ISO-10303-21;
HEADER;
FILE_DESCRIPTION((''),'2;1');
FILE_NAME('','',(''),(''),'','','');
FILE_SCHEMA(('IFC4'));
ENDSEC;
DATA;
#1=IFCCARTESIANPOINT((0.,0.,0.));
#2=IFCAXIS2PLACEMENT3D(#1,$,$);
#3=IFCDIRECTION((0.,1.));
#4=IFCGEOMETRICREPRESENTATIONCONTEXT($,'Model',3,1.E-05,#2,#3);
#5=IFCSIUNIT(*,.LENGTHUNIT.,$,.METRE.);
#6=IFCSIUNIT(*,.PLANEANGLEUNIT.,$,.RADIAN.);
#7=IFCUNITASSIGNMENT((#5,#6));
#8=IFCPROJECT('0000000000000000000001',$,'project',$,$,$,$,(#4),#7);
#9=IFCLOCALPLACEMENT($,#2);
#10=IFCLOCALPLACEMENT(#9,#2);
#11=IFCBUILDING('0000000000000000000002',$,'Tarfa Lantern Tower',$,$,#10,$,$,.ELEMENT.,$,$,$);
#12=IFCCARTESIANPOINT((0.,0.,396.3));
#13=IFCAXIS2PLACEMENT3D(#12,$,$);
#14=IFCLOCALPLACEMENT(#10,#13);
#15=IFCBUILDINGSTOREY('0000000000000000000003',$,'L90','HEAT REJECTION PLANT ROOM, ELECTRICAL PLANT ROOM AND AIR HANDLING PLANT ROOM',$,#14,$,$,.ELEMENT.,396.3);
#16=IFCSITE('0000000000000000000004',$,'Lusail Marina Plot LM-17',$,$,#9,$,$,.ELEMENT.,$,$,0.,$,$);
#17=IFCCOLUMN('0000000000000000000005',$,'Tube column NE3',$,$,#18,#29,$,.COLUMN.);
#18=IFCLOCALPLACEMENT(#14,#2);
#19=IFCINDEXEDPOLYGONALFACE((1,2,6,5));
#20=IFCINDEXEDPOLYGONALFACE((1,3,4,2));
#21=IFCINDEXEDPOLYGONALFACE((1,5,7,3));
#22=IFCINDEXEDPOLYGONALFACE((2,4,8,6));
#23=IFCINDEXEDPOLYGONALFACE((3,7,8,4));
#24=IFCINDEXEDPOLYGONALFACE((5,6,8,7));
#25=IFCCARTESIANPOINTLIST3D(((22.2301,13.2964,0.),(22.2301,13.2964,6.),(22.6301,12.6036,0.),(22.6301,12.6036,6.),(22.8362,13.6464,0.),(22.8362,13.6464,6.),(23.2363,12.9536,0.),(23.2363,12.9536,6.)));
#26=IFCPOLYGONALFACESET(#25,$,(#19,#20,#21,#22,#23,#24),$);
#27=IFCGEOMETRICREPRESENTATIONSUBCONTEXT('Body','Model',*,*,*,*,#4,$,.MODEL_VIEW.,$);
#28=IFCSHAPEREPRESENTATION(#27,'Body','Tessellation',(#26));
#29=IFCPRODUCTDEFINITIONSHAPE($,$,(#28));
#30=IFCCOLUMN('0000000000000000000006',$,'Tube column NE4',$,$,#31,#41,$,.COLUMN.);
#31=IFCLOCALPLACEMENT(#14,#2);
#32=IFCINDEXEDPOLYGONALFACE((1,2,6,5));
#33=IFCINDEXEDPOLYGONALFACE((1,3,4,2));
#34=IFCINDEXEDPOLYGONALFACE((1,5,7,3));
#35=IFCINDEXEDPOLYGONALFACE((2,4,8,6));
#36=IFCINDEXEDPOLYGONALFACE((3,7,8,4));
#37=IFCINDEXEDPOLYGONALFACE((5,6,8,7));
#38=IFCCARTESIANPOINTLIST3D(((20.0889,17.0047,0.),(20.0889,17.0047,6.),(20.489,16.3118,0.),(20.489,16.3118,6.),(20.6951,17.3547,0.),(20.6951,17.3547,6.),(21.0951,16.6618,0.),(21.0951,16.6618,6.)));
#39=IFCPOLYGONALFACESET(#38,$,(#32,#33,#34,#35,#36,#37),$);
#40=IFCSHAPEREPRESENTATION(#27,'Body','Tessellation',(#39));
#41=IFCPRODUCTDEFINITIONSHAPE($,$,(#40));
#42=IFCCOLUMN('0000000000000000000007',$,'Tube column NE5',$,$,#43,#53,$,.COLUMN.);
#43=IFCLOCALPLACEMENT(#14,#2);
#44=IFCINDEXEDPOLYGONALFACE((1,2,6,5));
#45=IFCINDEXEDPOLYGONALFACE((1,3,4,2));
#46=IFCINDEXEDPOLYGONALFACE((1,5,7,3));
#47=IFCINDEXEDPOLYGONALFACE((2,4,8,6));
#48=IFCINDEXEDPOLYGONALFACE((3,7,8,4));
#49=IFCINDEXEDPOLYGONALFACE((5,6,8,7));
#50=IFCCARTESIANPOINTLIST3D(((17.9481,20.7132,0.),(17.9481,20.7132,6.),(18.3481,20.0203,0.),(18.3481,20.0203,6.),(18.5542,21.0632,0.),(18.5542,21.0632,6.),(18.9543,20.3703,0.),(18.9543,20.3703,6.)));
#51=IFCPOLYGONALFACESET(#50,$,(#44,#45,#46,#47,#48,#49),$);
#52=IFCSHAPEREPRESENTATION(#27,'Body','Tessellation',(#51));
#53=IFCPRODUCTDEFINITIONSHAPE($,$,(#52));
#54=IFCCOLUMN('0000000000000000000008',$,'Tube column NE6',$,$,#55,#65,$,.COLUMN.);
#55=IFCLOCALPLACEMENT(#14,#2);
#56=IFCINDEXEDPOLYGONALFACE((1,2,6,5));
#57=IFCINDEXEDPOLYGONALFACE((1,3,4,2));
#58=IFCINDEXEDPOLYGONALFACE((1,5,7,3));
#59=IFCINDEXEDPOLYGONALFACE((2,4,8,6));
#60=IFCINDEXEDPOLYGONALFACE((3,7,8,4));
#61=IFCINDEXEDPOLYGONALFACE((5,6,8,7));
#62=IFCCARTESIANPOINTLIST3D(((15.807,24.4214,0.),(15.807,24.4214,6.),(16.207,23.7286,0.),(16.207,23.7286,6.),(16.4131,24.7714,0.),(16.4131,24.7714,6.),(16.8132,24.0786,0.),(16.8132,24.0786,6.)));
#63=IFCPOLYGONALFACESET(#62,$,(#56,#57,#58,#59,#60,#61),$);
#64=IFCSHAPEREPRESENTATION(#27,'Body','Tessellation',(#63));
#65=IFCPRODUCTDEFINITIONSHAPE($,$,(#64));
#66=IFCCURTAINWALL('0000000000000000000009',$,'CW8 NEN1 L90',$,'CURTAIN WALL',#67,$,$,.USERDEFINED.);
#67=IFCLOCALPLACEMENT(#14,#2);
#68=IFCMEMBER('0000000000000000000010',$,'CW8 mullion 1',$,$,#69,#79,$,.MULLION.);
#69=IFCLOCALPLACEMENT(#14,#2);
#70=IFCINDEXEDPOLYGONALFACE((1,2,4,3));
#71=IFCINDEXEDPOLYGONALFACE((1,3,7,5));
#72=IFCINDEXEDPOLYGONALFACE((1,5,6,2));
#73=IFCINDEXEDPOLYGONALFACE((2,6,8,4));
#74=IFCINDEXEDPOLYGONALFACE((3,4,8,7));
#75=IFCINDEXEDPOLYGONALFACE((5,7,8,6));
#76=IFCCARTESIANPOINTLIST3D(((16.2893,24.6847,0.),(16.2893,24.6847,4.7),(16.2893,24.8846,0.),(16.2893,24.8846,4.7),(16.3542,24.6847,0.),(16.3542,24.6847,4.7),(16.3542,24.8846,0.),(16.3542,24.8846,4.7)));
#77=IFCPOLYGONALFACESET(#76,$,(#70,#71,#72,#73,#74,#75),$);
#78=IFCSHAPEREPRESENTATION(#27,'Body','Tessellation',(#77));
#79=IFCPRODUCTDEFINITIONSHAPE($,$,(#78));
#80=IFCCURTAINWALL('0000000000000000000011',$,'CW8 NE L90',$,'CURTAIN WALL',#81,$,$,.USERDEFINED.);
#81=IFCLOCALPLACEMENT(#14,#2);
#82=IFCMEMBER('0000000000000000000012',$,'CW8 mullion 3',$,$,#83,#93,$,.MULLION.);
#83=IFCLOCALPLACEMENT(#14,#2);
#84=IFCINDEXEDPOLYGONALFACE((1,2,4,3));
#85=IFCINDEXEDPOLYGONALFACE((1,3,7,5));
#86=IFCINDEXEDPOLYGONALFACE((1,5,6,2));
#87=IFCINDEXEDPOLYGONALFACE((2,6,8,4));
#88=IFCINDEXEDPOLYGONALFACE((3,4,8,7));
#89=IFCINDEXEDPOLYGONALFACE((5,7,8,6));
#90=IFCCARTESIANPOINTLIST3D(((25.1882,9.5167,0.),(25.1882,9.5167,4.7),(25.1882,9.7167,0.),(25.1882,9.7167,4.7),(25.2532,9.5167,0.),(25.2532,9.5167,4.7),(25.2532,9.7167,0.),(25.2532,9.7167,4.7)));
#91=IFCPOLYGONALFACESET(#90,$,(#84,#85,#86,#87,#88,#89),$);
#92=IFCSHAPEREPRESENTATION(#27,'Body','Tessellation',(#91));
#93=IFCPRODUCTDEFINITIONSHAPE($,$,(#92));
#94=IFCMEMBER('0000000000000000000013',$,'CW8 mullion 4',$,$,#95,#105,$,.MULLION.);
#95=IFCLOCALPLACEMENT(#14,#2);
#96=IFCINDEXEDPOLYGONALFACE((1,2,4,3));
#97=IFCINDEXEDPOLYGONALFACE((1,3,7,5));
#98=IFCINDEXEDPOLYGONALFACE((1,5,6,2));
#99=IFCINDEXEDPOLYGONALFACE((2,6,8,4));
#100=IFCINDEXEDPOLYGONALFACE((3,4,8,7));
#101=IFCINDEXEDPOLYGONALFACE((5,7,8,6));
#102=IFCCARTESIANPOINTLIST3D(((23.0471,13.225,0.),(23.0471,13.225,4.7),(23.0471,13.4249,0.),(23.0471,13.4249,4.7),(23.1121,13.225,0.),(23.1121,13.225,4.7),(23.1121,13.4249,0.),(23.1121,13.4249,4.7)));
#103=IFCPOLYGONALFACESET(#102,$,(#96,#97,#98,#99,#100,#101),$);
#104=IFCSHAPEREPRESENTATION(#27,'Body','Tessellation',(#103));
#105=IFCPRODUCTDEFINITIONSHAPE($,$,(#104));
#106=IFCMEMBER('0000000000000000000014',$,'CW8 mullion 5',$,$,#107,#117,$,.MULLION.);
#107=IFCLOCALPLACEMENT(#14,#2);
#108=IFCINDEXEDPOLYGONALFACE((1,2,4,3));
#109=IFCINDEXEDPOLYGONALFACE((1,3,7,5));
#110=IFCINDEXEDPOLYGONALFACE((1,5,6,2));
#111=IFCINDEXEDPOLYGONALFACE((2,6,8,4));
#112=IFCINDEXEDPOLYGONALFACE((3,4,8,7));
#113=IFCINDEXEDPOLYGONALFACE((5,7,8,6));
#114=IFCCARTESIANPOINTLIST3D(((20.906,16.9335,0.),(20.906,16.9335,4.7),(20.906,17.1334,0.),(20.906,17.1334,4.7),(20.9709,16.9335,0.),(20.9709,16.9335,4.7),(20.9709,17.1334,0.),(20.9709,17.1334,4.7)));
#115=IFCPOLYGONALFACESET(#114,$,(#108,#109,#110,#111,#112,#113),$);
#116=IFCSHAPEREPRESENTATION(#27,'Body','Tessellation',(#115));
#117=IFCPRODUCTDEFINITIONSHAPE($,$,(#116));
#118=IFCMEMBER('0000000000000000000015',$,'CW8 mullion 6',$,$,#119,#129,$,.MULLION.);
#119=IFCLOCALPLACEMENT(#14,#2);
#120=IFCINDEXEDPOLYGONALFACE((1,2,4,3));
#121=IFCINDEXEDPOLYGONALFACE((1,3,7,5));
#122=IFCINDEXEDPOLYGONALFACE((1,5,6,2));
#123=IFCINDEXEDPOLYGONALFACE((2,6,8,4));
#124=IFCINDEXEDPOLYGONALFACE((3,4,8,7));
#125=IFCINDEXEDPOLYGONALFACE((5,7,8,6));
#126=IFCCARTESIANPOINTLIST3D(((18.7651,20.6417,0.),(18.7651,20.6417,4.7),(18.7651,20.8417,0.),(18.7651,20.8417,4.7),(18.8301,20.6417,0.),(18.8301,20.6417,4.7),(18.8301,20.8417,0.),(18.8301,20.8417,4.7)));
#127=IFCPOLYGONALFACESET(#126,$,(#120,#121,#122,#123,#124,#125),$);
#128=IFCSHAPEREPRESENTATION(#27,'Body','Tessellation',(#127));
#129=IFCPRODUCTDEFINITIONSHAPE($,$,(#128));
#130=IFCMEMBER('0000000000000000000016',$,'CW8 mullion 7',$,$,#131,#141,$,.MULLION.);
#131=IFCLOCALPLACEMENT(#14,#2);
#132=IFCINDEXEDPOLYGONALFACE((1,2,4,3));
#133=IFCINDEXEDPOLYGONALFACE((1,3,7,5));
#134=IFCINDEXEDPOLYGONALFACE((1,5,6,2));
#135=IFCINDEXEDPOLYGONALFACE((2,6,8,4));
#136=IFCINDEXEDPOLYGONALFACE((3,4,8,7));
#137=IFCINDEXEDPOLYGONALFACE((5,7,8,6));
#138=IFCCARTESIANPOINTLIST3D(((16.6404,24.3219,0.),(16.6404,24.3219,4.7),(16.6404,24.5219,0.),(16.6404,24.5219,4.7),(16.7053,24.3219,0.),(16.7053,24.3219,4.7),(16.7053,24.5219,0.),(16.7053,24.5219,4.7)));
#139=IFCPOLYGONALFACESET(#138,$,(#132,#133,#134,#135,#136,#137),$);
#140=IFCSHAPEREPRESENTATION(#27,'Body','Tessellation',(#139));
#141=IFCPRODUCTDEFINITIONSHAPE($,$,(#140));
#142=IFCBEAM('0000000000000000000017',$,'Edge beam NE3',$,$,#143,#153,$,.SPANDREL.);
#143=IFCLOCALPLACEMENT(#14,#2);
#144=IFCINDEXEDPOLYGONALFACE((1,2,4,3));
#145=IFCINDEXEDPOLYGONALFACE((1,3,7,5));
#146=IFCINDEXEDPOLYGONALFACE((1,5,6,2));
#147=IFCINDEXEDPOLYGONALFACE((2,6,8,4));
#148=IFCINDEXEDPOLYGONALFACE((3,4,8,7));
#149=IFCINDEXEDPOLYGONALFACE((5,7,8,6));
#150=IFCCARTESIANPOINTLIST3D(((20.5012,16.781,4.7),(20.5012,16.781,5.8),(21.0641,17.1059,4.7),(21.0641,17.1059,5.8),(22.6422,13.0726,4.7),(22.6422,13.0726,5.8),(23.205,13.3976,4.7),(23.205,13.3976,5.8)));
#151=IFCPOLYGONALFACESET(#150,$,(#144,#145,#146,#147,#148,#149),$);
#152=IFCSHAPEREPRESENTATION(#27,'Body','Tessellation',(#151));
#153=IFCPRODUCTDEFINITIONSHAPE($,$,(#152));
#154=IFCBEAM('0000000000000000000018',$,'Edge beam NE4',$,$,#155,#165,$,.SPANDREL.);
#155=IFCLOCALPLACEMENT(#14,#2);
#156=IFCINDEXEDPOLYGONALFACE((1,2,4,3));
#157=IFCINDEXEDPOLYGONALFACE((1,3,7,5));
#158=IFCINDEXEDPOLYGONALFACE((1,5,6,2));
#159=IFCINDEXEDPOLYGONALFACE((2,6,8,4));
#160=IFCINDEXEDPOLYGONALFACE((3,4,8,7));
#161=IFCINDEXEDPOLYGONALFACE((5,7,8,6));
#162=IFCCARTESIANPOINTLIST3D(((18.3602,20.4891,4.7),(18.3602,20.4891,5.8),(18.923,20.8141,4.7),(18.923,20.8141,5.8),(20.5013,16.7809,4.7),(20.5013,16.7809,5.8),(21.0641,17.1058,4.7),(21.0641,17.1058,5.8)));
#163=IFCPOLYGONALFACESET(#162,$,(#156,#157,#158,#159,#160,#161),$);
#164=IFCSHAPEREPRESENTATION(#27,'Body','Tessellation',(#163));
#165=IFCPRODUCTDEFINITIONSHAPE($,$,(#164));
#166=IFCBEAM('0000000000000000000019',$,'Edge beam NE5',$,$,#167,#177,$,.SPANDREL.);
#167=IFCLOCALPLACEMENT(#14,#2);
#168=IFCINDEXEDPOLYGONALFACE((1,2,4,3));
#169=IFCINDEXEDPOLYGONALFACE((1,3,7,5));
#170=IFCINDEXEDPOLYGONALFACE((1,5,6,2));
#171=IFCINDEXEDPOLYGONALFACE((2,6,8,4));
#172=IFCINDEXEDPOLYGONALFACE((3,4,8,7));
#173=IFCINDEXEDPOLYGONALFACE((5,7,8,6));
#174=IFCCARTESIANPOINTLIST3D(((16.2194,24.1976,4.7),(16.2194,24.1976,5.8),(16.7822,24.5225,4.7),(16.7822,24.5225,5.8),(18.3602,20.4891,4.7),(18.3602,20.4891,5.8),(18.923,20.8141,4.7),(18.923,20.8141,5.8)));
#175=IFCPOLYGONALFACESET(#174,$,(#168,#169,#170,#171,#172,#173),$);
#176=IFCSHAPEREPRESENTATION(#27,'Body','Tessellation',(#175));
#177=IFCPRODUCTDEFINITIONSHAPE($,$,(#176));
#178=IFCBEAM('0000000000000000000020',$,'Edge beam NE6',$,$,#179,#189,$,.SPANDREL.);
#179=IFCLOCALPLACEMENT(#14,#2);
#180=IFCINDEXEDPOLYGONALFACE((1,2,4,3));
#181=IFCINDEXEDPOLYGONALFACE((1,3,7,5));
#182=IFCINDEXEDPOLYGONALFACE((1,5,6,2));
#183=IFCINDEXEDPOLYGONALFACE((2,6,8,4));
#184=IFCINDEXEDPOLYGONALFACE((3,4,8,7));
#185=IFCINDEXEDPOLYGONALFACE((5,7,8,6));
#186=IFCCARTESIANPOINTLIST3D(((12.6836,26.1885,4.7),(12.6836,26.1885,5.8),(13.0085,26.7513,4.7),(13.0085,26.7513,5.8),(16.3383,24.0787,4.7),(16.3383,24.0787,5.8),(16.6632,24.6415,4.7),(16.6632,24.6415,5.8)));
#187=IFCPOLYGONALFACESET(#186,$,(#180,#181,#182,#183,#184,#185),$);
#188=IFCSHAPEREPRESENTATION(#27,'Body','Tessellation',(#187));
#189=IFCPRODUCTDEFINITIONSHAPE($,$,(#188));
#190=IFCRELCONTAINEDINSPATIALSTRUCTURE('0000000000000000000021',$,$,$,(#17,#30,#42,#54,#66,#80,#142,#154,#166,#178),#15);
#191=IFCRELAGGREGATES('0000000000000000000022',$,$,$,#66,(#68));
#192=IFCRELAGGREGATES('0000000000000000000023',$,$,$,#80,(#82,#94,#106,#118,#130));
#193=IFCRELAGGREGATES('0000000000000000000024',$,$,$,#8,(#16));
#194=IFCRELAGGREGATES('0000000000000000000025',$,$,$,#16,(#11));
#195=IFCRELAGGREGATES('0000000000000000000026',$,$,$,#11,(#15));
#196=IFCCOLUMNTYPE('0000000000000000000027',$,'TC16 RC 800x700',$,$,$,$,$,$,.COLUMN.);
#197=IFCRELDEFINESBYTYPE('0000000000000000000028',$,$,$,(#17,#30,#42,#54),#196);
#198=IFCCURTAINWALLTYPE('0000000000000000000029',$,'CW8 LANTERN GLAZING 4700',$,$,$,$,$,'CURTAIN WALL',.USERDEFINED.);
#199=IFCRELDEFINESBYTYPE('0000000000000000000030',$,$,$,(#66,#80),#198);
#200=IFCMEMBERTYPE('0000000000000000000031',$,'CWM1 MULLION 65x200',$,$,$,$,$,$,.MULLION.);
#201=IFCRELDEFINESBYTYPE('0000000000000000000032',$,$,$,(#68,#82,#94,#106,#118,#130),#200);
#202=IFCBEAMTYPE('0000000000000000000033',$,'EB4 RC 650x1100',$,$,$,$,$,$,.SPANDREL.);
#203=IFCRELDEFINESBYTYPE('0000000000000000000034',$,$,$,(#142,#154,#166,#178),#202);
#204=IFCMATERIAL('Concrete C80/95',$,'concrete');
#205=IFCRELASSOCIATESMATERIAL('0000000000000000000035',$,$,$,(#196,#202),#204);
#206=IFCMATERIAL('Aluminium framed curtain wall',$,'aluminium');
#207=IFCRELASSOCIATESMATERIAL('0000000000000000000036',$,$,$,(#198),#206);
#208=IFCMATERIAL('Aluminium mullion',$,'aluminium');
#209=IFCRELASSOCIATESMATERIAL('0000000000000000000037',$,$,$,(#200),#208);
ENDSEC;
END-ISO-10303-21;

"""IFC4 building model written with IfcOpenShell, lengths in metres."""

from ifc_helpers import new_model, si_unit, direction, frame, origin, origin_2d, place, context, subcontext, project, spatial, rectangle, extrude, material, material_profile, profile_set, type_object, element, aggregate, save


model = new_model("IFC4")

# Units and contexts
model_context = context("Model", 3, precision=1e-05, world=origin(), true_north=direction((0.0, 1.0)))
body_context = subcontext(model_context, "Body", "Model", "MODEL_VIEW")
ifc_project = project(units=[si_unit("LENGTHUNIT", "METRE"), si_unit("PLANEANGLEUNIT", "RADIAN")], contexts=[model_context])

# Site, building, storey
site_placement = place(None, origin())
site = spatial("IfcSite", under=ifc_project, at=site_placement, Name="Lusail Marina Plot LM-17", CompositionType="ELEMENT", RefElevation=0.0)
building_placement = place(site_placement, origin())
building = spatial("IfcBuilding", under=site, at=building_placement, Name="Tarfa Lantern Tower", CompositionType="ELEMENT")
storey_placement = place(building_placement, frame((0.0, 0.0, 396.3)))
storey = spatial("IfcBuildingStorey", under=building, at=storey_placement, Name="L90", Description="HEAT REJECTION PLANT ROOM, ELECTRICAL PLANT ROOM AND AIR HANDLING PLANT ROOM", CompositionType="ELEMENT", Elevation=396.3)

# Columns
ifc_material_1 = material(Name="Concrete C80/95", Category="concrete")
ifc_material_profile_1 = material_profile(ifc_material_1, rectangle(XDim=0.8, YDim=0.7, at=origin_2d()), Name="RC 800x700")
ifc_profile_set_1 = profile_set([ifc_material_profile_1], Name="Concrete C80/95")
column_type = type_object("IfcColumnType", Name="TC16 RC 800x700", PredefinedType="COLUMN", material=ifc_profile_set_1)
for number, where, z_axis, x_axis, name in (
    (1, (22.7332, 13.125, 0.0), (0.0, 0.0, 1.0), (-0.5, 0.866025, 0.0), "Tube column NE3"),
    (2, (20.592, 16.8333, 0.0), (0.0, 0.0, 1.0), (-0.5, 0.866025, 0.0), "Tube column NE4"),
    (3, (18.4512, 20.5417, 0.0), (0.0, 0.0, 1.0), (-0.5, 0.866025, 0.0), "Tube column NE5"),
    (4, (16.3101, 24.25, 0.0), (0.0, 0.0, 1.0), (-0.5, 0.866025, 0.0), "Tube column NE6"),
):
    element("IfcColumn", number, at=place(storey_placement, frame(where, z_axis=z_axis, x_axis=x_axis)), inside=storey, type_object=column_type, Name=name, PredefinedType="COLUMN", context=body_context, shape_type="SweptSolid", body=[
        extrude(rectangle(XDim=0.8, YDim=0.7, at=origin_2d()), origin(), (0.0, 0.0, 1.0), 6.0),
    ])

# Curtain wall, member
ifc_material_2 = material(Name="Aluminium framed curtain wall", Category="aluminium")
curtain_wall_type = type_object("IfcCurtainWallType", Name="CW8 LANTERN GLAZING 4700", ElementType="CURTAIN WALL", PredefinedType="USERDEFINED", material=ifc_material_2)
curtain_wall_1_placement = place(storey_placement, origin())
curtain_wall_1 = element("IfcCurtainWall", 5, at=curtain_wall_1_placement, inside=storey, type_object=curtain_wall_type, Name="CW8 NEN1 L90", ObjectType="CURTAIN WALL", PredefinedType="USERDEFINED")
ifc_material_3 = material(Name="Aluminium mullion", Category="aluminium")
ifc_material_profile_2 = material_profile(ifc_material_3, rectangle(XDim=0.0649, YDim=0.2, at=origin_2d()), Name="AL MULLION 65x200")
ifc_profile_set_2 = profile_set([ifc_material_profile_2], Name="Aluminium mullion")
member_type = type_object("IfcMemberType", Name="CWM1 MULLION 65x200", PredefinedType="MULLION", material=ifc_profile_set_2)
member_1_placement = place(storey_placement, frame((16.3218, 24.7847, 0.0), z_axis=(0.0, 0.0, 1.0), x_axis=(1.0, 0.0, 0.0)))
member_1 = element("IfcMember", 6, at=member_1_placement, type_object=member_type, Name="CW8 mullion 1", PredefinedType="MULLION", context=body_context, shape_type="SweptSolid", body=[
    extrude(rectangle(XDim=0.0649, YDim=0.2, at=origin_2d()), origin(), (0.0, 0.0, 1.0), 4.7),
])
aggregate(curtain_wall_1, [member_1])

# Curtain wall, members
curtain_wall_2_placement = place(storey_placement, origin())
curtain_wall_2 = element("IfcCurtainWall", 7, at=curtain_wall_2_placement, inside=storey, type_object=curtain_wall_type, Name="CW8 NE L90", ObjectType="CURTAIN WALL", PredefinedType="USERDEFINED")
member_2_placement = place(storey_placement, frame((25.2207, 9.6167, 0.0), z_axis=(0.0, 0.0, 1.0), x_axis=(1.0, 0.0, 0.0)))
member_2 = element("IfcMember", 8, at=member_2_placement, type_object=member_type, Name="CW8 mullion 3", PredefinedType="MULLION", context=body_context, shape_type="SweptSolid", body=[
    extrude(rectangle(XDim=0.0649, YDim=0.2, at=origin_2d()), origin(), (0.0, 0.0, 1.0), 4.7),
])
member_3_placement = place(storey_placement, frame((23.0796, 13.325, 0.0), z_axis=(0.0, 0.0, 1.0), x_axis=(1.0, 0.0, 0.0)))
member_3 = element("IfcMember", 9, at=member_3_placement, type_object=member_type, Name="CW8 mullion 4", PredefinedType="MULLION", context=body_context, shape_type="SweptSolid", body=[
    extrude(rectangle(XDim=0.0649, YDim=0.2, at=origin_2d()), origin(), (0.0, 0.0, 1.0), 4.7),
])
member_4_placement = place(storey_placement, frame((20.9385, 17.0334, 0.0), z_axis=(0.0, 0.0, 1.0), x_axis=(1.0, 0.0, 0.0)))
member_4 = element("IfcMember", 10, at=member_4_placement, type_object=member_type, Name="CW8 mullion 5", PredefinedType="MULLION", context=body_context, shape_type="SweptSolid", body=[
    extrude(rectangle(XDim=0.0649, YDim=0.2, at=origin_2d()), origin(), (0.0, 0.0, 1.0), 4.7),
])
member_5_placement = place(storey_placement, frame((18.7976, 20.7417, 0.0), z_axis=(0.0, 0.0, 1.0), x_axis=(1.0, 0.0, 0.0)))
member_5 = element("IfcMember", 11, at=member_5_placement, type_object=member_type, Name="CW8 mullion 6", PredefinedType="MULLION", context=body_context, shape_type="SweptSolid", body=[
    extrude(rectangle(XDim=0.0649, YDim=0.2, at=origin_2d()), origin(), (0.0, 0.0, 1.0), 4.7),
])
member_6_placement = place(storey_placement, frame((16.6729, 24.4219, 0.0), z_axis=(0.0, 0.0, 1.0), x_axis=(1.0, 0.0, 0.0)))
member_6 = element("IfcMember", 12, at=member_6_placement, type_object=member_type, Name="CW8 mullion 7", PredefinedType="MULLION", context=body_context, shape_type="SweptSolid", body=[
    extrude(rectangle(XDim=0.0649, YDim=0.2, at=origin_2d()), origin(), (0.0, 0.0, 1.0), 4.7),
])

# Beams
ifc_material_profile_3 = material_profile(ifc_material_1, rectangle(XDim=0.6499, YDim=1.1001, at=origin_2d()), Name="RC 650x1100")
ifc_profile_set_3 = profile_set([ifc_material_profile_3], Name="Concrete C80/95")
beam_type_1 = type_object("IfcBeamType", Name="EB4 RC 650x1100", PredefinedType="SPANDREL", material=ifc_profile_set_3)
for number, where, z_axis, x_axis, name in (
    (13, (22.9236, 13.2351, 5.25), (-0.499984, 0.866035, 0.0), (-0.866035, -0.499984, 0.0), "Edge beam NE3"),
    (14, (20.7827, 16.9434, 5.25), (-0.500027, 0.86601, 0.0), (-0.86601, -0.500027, 0.0), "Edge beam NE4"),
    (15, (18.6416, 20.6516, 5.25), (-0.499959, 0.866049, 0.0), (-0.866049, -0.499959, 0.0), "Edge beam NE5"),
):
    element("IfcBeam", number, at=place(storey_placement, frame(where, z_axis=z_axis, x_axis=x_axis)), inside=storey, type_object=beam_type_1, Name=name, PredefinedType="SPANDREL", context=body_context, shape_type="SweptSolid", body=[
        extrude(rectangle(XDim=0.6499, YDim=1.1001, at=origin_2d()), origin(), (0.0, 0.0, 1.0), 4.282),
    ])
beam_1_placement = place(storey_placement, frame((16.5007, 24.3601, 5.25), z_axis=(-0.866049, 0.499959, 0.0), x_axis=(-0.499959, -0.866049, 0.0)))
element("IfcBeam", 16, at=beam_1_placement, inside=storey, type_object=beam_type_1, Name="Edge beam NE6", PredefinedType="SPANDREL", context=body_context, shape_type="SweptSolid", body=[
    extrude(rectangle(XDim=0.6499, YDim=1.1001, at=origin_2d()), origin(), (0.0, 0.0, 1.0), 4.22),
])

aggregate(curtain_wall_2, [member_2, member_3, member_4, member_5, member_6])

save(model, "model.ifc")
